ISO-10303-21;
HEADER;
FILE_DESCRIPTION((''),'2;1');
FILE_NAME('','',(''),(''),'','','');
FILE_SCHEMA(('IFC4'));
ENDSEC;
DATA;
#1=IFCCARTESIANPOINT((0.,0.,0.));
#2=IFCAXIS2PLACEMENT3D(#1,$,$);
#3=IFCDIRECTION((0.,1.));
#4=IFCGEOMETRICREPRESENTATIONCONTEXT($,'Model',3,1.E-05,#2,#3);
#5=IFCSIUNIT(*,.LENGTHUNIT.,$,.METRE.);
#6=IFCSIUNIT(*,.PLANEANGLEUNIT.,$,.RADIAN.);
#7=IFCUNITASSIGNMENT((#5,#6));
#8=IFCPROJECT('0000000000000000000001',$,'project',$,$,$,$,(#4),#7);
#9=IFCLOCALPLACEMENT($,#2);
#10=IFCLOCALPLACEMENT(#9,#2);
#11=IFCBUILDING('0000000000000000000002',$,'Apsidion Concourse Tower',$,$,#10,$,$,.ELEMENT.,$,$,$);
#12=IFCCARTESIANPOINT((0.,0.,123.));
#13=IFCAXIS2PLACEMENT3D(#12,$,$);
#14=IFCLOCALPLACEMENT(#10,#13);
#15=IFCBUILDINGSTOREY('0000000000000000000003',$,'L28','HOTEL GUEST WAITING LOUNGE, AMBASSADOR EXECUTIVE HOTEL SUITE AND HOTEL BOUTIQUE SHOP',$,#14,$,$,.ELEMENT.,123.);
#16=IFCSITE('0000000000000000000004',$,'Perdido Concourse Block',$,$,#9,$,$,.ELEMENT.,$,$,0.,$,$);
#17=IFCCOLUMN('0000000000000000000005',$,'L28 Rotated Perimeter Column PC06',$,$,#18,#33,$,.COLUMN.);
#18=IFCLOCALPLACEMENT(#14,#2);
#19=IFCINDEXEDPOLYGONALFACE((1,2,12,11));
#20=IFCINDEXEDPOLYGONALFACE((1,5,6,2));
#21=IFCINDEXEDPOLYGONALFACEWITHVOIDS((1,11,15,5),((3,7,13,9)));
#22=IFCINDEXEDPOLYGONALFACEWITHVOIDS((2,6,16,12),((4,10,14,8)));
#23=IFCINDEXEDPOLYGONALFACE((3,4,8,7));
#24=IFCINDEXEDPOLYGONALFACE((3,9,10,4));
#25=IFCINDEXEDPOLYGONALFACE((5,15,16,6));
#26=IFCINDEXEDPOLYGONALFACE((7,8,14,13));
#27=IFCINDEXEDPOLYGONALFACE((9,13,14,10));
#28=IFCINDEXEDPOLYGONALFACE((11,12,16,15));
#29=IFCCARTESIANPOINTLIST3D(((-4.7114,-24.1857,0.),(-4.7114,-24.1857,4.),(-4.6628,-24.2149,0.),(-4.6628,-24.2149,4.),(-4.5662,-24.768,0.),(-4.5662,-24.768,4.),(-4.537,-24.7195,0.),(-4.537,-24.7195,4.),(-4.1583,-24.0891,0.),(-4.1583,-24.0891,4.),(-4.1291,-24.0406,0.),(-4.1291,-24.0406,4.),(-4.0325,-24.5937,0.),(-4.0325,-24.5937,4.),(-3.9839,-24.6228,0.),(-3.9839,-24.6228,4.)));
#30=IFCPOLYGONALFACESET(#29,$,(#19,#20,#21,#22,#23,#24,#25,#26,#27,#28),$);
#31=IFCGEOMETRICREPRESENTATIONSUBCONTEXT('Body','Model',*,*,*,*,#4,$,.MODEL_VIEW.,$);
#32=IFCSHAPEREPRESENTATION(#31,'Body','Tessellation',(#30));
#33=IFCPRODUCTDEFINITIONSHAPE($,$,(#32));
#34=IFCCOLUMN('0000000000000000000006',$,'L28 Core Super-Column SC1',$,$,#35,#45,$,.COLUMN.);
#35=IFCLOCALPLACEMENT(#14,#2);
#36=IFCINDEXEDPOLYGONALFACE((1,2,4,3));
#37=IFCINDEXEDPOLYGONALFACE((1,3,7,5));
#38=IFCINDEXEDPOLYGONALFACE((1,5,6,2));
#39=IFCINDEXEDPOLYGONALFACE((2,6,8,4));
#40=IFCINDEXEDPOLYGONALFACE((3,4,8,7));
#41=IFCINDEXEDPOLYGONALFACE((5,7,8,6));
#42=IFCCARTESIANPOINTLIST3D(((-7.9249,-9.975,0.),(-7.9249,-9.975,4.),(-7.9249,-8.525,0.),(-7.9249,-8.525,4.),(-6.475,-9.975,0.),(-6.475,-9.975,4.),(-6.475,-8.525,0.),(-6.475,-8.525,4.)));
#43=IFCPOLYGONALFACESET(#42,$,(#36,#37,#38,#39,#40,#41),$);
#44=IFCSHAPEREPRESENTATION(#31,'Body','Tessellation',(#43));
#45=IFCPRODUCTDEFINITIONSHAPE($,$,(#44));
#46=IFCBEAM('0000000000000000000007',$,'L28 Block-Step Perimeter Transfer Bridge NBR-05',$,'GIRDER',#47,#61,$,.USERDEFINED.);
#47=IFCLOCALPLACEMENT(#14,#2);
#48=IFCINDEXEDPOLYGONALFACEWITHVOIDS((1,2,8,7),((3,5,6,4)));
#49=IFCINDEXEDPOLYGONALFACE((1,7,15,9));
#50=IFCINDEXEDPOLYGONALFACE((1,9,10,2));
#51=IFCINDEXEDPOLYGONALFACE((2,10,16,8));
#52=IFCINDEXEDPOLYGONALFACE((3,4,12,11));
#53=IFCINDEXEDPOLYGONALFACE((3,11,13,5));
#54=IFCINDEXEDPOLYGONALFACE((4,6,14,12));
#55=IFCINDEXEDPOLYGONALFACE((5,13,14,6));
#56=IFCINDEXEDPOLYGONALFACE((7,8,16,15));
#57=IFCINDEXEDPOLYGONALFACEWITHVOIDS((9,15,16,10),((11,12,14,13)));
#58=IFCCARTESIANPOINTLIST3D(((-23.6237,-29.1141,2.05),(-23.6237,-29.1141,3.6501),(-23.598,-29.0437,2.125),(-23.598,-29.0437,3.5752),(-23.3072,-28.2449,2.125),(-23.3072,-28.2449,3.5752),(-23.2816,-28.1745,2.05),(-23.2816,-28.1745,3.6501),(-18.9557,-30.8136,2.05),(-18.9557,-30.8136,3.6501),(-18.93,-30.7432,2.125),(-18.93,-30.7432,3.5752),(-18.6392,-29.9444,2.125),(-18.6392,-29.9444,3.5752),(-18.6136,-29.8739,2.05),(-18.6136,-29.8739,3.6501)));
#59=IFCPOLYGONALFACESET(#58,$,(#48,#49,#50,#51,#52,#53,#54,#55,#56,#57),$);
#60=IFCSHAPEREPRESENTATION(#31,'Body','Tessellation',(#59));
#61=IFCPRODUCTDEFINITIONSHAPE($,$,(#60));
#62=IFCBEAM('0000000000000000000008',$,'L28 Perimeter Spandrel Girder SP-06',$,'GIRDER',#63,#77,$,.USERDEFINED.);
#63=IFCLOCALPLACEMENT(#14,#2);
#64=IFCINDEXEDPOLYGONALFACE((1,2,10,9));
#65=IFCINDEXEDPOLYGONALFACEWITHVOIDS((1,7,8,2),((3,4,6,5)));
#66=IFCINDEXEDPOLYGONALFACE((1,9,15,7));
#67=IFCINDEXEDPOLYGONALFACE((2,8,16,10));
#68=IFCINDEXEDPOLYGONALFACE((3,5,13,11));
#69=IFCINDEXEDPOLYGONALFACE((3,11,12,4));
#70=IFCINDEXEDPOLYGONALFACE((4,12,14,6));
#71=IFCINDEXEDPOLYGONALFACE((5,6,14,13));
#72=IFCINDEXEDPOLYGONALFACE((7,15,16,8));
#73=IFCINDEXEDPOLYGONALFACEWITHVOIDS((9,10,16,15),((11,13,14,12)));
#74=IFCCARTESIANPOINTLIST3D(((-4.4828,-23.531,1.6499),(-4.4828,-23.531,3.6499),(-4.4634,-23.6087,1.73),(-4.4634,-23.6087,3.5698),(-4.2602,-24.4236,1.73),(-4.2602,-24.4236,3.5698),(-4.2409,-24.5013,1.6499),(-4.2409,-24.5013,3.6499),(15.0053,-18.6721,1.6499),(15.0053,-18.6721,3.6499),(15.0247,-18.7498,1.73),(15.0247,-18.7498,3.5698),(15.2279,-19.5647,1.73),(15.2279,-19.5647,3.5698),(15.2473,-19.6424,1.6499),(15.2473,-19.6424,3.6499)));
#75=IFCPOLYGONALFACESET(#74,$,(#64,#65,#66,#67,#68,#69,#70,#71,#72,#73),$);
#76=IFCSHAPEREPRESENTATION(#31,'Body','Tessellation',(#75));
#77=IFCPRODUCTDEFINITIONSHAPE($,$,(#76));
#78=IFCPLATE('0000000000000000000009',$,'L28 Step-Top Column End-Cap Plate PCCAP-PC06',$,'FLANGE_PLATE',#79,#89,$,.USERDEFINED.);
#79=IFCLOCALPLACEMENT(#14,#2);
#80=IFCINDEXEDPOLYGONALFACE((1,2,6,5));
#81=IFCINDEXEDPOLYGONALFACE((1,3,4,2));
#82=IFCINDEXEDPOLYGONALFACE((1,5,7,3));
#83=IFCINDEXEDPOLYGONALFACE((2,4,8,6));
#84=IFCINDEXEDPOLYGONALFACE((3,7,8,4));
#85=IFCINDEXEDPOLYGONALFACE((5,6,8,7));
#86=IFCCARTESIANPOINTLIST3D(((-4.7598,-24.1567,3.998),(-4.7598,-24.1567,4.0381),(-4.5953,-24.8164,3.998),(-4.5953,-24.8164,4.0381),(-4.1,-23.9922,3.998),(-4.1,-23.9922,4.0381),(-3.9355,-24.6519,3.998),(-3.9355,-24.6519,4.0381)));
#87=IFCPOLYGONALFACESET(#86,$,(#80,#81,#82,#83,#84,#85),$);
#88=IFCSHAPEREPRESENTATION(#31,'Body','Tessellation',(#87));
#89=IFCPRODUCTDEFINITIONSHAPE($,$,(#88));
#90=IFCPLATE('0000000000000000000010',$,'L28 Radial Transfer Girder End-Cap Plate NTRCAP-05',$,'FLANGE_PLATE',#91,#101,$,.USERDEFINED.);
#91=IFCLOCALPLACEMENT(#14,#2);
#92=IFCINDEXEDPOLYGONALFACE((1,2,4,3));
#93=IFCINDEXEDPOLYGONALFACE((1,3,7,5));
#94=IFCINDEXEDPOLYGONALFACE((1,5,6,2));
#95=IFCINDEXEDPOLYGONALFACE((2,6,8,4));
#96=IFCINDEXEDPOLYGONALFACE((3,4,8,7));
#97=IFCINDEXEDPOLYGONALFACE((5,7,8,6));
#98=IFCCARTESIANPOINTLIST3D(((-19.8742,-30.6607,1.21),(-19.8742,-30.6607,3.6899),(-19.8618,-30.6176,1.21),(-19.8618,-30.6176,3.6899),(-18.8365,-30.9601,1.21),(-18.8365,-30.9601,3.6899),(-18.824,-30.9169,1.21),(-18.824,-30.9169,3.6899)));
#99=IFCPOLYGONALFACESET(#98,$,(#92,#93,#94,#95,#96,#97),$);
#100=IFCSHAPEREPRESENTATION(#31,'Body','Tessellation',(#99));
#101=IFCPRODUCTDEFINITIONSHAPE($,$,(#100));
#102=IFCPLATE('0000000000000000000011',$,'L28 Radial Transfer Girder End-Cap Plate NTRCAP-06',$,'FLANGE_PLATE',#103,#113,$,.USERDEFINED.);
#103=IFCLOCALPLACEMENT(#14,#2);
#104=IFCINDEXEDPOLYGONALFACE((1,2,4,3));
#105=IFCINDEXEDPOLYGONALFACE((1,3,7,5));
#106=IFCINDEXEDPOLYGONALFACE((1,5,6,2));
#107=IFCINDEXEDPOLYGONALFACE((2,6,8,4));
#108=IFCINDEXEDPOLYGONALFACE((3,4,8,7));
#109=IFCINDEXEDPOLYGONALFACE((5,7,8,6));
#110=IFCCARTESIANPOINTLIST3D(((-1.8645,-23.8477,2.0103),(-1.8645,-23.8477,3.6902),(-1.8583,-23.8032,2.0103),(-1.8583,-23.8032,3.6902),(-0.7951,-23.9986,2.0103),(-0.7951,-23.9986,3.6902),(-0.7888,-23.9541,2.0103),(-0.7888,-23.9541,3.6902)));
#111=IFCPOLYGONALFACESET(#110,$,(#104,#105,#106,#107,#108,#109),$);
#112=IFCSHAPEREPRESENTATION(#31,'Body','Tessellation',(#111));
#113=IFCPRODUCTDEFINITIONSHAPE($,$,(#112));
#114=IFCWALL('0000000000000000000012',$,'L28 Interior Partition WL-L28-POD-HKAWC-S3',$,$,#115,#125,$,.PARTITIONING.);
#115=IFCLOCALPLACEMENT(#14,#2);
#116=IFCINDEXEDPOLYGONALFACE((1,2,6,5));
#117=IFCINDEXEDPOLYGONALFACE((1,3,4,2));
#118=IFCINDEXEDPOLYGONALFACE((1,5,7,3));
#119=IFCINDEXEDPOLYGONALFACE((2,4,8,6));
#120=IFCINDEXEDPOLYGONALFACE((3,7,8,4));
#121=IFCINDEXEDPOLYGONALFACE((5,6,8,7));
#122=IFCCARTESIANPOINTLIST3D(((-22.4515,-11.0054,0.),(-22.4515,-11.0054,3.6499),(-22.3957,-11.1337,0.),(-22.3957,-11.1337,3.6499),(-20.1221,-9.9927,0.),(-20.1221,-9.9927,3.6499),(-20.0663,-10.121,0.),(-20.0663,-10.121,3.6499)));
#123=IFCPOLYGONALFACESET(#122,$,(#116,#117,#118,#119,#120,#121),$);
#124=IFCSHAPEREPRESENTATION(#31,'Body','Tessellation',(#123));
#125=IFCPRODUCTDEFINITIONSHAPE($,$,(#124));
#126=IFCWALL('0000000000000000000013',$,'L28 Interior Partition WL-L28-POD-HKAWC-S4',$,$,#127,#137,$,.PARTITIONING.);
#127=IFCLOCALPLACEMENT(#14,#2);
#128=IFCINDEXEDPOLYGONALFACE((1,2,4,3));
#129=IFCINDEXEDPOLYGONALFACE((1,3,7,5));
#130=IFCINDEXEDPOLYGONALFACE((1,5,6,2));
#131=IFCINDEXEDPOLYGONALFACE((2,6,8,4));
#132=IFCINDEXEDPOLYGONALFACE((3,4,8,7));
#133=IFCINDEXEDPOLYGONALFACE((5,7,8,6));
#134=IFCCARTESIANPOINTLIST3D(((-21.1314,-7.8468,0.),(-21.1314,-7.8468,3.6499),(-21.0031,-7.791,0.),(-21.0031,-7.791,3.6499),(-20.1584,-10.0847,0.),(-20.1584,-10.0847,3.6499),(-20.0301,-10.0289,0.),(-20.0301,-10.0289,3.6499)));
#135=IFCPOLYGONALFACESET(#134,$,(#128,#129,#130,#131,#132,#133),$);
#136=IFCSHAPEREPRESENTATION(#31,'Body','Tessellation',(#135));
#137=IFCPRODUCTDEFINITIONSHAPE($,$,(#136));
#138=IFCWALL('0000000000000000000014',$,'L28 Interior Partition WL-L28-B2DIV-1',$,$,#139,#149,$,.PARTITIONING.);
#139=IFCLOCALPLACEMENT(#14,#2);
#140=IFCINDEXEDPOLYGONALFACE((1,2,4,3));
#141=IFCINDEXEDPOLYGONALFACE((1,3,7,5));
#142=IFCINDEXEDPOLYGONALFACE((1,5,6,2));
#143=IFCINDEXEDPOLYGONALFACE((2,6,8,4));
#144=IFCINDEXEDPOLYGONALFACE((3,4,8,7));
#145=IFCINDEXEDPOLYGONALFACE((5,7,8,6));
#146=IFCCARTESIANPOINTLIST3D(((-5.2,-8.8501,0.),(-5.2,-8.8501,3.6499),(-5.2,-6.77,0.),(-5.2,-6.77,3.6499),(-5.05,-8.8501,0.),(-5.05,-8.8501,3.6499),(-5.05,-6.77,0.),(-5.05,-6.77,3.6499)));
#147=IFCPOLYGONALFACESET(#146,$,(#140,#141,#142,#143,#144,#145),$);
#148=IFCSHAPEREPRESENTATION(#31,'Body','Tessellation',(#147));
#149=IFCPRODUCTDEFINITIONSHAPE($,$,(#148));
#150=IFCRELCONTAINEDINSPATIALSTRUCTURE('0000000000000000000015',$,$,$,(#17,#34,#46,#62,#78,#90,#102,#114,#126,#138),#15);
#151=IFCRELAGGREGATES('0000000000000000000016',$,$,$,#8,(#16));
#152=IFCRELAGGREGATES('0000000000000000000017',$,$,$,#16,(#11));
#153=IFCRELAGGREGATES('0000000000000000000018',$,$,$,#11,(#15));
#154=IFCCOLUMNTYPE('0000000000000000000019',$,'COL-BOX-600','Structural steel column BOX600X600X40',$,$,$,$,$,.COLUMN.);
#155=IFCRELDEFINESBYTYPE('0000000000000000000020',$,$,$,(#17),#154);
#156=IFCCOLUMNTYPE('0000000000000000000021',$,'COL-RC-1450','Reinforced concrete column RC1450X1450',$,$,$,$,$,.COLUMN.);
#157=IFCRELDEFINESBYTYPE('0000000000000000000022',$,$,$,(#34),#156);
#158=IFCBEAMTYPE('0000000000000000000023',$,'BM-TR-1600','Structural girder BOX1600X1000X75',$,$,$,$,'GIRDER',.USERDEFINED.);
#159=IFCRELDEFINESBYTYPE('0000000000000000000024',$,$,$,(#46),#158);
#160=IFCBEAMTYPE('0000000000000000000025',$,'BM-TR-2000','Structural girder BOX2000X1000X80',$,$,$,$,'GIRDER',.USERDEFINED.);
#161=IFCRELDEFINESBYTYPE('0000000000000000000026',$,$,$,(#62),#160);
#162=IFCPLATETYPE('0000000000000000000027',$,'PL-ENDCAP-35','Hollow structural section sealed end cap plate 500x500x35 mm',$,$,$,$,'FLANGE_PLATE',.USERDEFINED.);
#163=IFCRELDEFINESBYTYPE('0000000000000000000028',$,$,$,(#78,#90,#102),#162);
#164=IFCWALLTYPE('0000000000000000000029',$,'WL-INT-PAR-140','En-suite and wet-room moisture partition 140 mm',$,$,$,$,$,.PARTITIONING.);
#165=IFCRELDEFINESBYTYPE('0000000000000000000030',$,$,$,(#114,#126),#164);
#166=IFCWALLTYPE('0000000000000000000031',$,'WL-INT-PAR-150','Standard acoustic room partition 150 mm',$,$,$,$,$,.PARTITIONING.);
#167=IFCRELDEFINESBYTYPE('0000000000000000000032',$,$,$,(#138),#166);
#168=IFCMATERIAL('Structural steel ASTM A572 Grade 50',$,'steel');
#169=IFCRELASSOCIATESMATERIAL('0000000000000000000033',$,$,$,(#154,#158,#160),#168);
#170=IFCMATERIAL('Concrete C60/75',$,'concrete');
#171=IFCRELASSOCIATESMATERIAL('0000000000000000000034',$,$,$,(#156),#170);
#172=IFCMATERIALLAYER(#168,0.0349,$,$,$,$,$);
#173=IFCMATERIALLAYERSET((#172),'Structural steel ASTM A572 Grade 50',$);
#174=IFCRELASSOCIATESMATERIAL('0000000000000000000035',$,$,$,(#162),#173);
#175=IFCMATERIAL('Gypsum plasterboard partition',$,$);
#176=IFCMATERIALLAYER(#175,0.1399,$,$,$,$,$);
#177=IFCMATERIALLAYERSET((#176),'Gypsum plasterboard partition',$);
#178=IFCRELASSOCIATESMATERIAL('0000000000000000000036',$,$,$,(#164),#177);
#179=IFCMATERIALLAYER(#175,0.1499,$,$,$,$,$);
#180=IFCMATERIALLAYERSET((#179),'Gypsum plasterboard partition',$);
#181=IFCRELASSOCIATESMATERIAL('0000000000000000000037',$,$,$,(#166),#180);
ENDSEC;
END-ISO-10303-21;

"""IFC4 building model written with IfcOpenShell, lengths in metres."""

from ifc_helpers import new_model, si_unit, direction, frame, frame_2d, origin, origin_2d, place, context, subcontext, project, spatial, rectangle, hollow_rectangle, extrude, material, layer, layer_set, material_profile, profile_set, type_object, element, save


model = new_model("IFC4")

# Units and contexts
model_context = context("Model", 3, precision=1e-05, world=origin(), true_north=direction((0.0, 1.0)))
body_context = subcontext(model_context, "Body", "Model", "MODEL_VIEW")
ifc_project = project(units=[si_unit("LENGTHUNIT", "METRE"), si_unit("PLANEANGLEUNIT", "RADIAN")], contexts=[model_context])

# Site, building, storey
site_placement = place(None, origin())
site = spatial("IfcSite", under=ifc_project, at=site_placement, Name="Perdido Concourse Block", CompositionType="ELEMENT", RefElevation=0.0)
building_placement = place(site_placement, origin())
building = spatial("IfcBuilding", under=site, at=building_placement, Name="Apsidion Concourse Tower", CompositionType="ELEMENT")
storey_placement = place(building_placement, frame((0.0, 0.0, 123.0)))
storey = spatial("IfcBuildingStorey", under=building, at=storey_placement, Name="L28", Description="HOTEL GUEST WAITING LOUNGE, AMBASSADOR EXECUTIVE HOTEL SUITE AND HOTEL BOUTIQUE SHOP", CompositionType="ELEMENT", Elevation=123.0)

# Columns
ifc_material_1 = material(Name="Structural steel ASTM A572 Grade 50", Category="steel")
ifc_material_profile_1 = material_profile(ifc_material_1, hollow_rectangle(XDim=0.6001, YDim=0.6001, WallThickness=0.04, at=origin_2d()), Name="BOX600X600X40")
ifc_profile_set_1 = profile_set([ifc_material_profile_1], Name="Structural steel ASTM A572 Grade 50")
column_type_1 = type_object("IfcColumnType", Name="COL-BOX-600", Description="Structural steel column BOX600X600X40", PredefinedType="COLUMN", material=ifc_profile_set_1)
column_1_placement = place(storey_placement, frame((-4.3477, -24.4043, 0.0), z_axis=(0.0, 0.0, 1.0), x_axis=(0.970296, 0.241922, 0.0)))
element("IfcColumn", 1, at=column_1_placement, inside=storey, type_object=column_type_1, Name="L28 Rotated Perimeter Column PC06", PredefinedType="COLUMN", context=body_context, shape_type="SweptSolid", body=[
    extrude(hollow_rectangle(XDim=0.6001, YDim=0.6001, WallThickness=0.04, at=origin_2d()), origin(), (0.0, 0.0, 1.0), 4.0),
])
ifc_material_2 = material(Name="Concrete C60/75", Category="concrete")
ifc_material_profile_2 = material_profile(ifc_material_2, rectangle(XDim=1.45, YDim=1.45, at=origin_2d()), Name="RC 1450x1450")
ifc_profile_set_2 = profile_set([ifc_material_profile_2], Name="Concrete C60/75")
column_type_2 = type_object("IfcColumnType", Name="COL-RC-1450", Description="Reinforced concrete column RC1450X1450", PredefinedType="COLUMN", material=ifc_profile_set_2)
column_2_placement = place(storey_placement, frame((-7.2, -9.25, 0.0), z_axis=(0.0, 0.0, 1.0), x_axis=(1.0, 0.0, 0.0)))
element("IfcColumn", 2, at=column_2_placement, inside=storey, type_object=column_type_2, Name="L28 Core Super-Column SC1", PredefinedType="COLUMN", context=body_context, shape_type="SweptSolid", body=[
    extrude(rectangle(XDim=1.45, YDim=1.45, at=origin_2d()), origin(), (0.0, 0.0, 1.0), 4.0),
])

# Beams
ifc_material_profile_3 = material_profile(ifc_material_1, hollow_rectangle(XDim=1.0, YDim=1.6001, WallThickness=0.075, at=origin_2d()), Name="BOX1600X1000X75")
ifc_profile_set_3 = profile_set([ifc_material_profile_3], Name="Structural steel ASTM A572 Grade 50")
beam_type_1 = type_object("IfcBeamType", Name="BM-TR-1600", Description="Structural girder BOX1600X1000X75", ElementType="GIRDER", PredefinedType="USERDEFINED", material=ifc_profile_set_3)
beam_1_placement = place(storey_placement, frame((-23.4526, -28.6443, 2.8501), z_axis=(0.939663, -0.342102, 0.0), x_axis=(0.342102, 0.939663, 0.0)))
element("IfcBeam", 3, at=beam_1_placement, inside=storey, type_object=beam_type_1, Name="L28 Block-Step Perimeter Transfer Bridge NBR-05", ObjectType="GIRDER", PredefinedType="USERDEFINED", context=body_context, shape_type="SweptSolid", body=[
    extrude(hollow_rectangle(XDim=1.0, YDim=1.6001, WallThickness=0.075, at=origin_2d()), origin(), (0.0, 0.0, 1.0), 4.9678),
])
ifc_material_profile_4 = material_profile(ifc_material_1, hollow_rectangle(XDim=1.0, YDim=2.0, WallThickness=0.0801, at=origin_2d()), Name="BOX2000X1000X80")
ifc_profile_set_4 = profile_set([ifc_material_profile_4], Name="Structural steel ASTM A572 Grade 50")
beam_type_2 = type_object("IfcBeamType", Name="BM-TR-2000", Description="Structural girder BOX2000X1000X80", ElementType="GIRDER", PredefinedType="USERDEFINED", material=ifc_profile_set_4)
beam_2_placement = place(storey_placement, frame((-4.3618, -24.0161, 2.6499), z_axis=(0.970296, 0.241921, 0.0), x_axis=(-0.241921, 0.970296, 0.0)))
element("IfcBeam", 4, at=beam_2_placement, inside=storey, type_object=beam_type_2, Name="L28 Perimeter Spandrel Girder SP-06", ObjectType="GIRDER", PredefinedType="USERDEFINED", context=body_context, shape_type="SweptSolid", body=[
    extrude(hollow_rectangle(XDim=1.0, YDim=2.0, WallThickness=0.0801, at=origin_2d()), origin(), (0.0, 0.0, 1.0), 20.0847),
])

# Plates
ifc_layer_1 = layer(ifc_material_1, 0.0349)
ifc_layer_set_1 = layer_set([ifc_layer_1], Name="Structural steel ASTM A572 Grade 50")
plate_type = type_object("IfcPlateType", Name="PL-ENDCAP-35", Description="Hollow structural section sealed end cap plate 500x500x35 mm", ElementType="FLANGE_PLATE", PredefinedType="USERDEFINED", material=ifc_layer_set_1)
plate_1_placement = place(storey_placement, frame((-4.3477, -24.4043, 3.998), z_axis=(0.0, 0.0, 1.0), x_axis=(0.970296, 0.241922, 0.0)))
element("IfcPlate", 5, at=plate_1_placement, inside=storey, type_object=plate_type, Name="L28 Step-Top Column End-Cap Plate PCCAP-PC06", ObjectType="FLANGE_PLATE", PredefinedType="USERDEFINED", context=body_context, shape_type="SweptSolid", body=[
    extrude(rectangle(XDim=0.6799, YDim=0.6799, at=origin_2d()), origin(), (0.0, 0.0, 1.0), 0.04),
])
plate_2_placement = place(storey_placement, frame((-19.3491, -30.7888, 1.21), z_axis=(0.0, 0.0, 1.0), x_axis=(-0.277147, -0.960828, 0.0)))
element("IfcPlate", 6, at=plate_2_placement, inside=storey, type_object=plate_type, Name="L28 Radial Transfer Girder End-Cap Plate NTRCAP-05", ObjectType="FLANGE_PLATE", PredefinedType="USERDEFINED", context=body_context, shape_type="SweptSolid", body=[
    extrude(rectangle(XDim=0.0449, YDim=1.0801, at=origin_2d()), origin(), (0.0, 0.0, 1.0), 2.48),
])
plate_3_placement = place(storey_placement, frame((-1.3267, -23.9009, 2.0103), z_axis=(0.0, 0.0, 1.0), x_axis=(-0.139692, -0.990195, 0.0)))
element("IfcPlate", 7, at=plate_3_placement, inside=storey, type_object=plate_type, Name="L28 Radial Transfer Girder End-Cap Plate NTRCAP-06", ObjectType="FLANGE_PLATE", PredefinedType="USERDEFINED", context=body_context, shape_type="SweptSolid", body=[
    extrude(rectangle(XDim=0.0449, YDim=1.0801, at=origin_2d()), origin(), (0.0, 0.0, 1.0), 1.6799),
])

# Walls
ifc_material_3 = material(Name="Gypsum plasterboard partition")
ifc_layer_2 = layer(ifc_material_3, 0.1399)
ifc_layer_set_2 = layer_set([ifc_layer_2], Name="Gypsum plasterboard partition")
wall_type_1 = type_object("IfcWallType", Name="WL-INT-PAR-140", Description="En-suite and wet-room moisture partition 140 mm", PredefinedType="PARTITIONING", material=ifc_layer_set_2)
wall_1_placement = place(storey_placement, frame((-22.4236, -11.0696, 0.0), z_axis=(0.0, 0.0, 1.0), x_axis=(0.917079, 0.398705, 0.0)))
element("IfcWall", 8, at=wall_1_placement, inside=storey, type_object=wall_type_1, Name="L28 Interior Partition WL-L28-POD-HKAWC-S3", PredefinedType="PARTITIONING", context=body_context, shape_type="SweptSolid", body=[
    extrude(rectangle(XDim=2.54, YDim=0.1399, at=frame_2d((1.27, 0.0))), origin(), (0.0, 0.0, 1.0), 3.6499),
])
wall_2_placement = place(storey_placement, frame((-20.0942, -10.0569, 0.0), z_axis=(0.0, 0.0, 1.0), x_axis=(-0.398708, 0.917078, 0.0)))
element("IfcWall", 9, at=wall_2_placement, inside=storey, type_object=wall_type_1, Name="L28 Interior Partition WL-L28-POD-HKAWC-S4", PredefinedType="PARTITIONING", context=body_context, shape_type="SweptSolid", body=[
    extrude(rectangle(XDim=2.4402, YDim=0.1399, at=frame_2d((1.2202, 0.0))), origin(), (0.0, 0.0, 1.0), 3.6499),
])
ifc_layer_3 = layer(ifc_material_3, 0.1499)
ifc_layer_set_3 = layer_set([ifc_layer_3], Name="Gypsum plasterboard partition")
wall_type_2 = type_object("IfcWallType", Name="WL-INT-PAR-150", Description="Standard acoustic room partition 150 mm", PredefinedType="PARTITIONING", material=ifc_layer_set_3)
wall_3_placement = place(storey_placement, frame((-5.125, -8.8501, 0.0), z_axis=(0.0, 0.0, 1.0), x_axis=(0.0, 1.0, 0.0)))
element("IfcWall", 10, at=wall_3_placement, inside=storey, type_object=wall_type_2, Name="L28 Interior Partition WL-L28-B2DIV-1", PredefinedType="PARTITIONING", context=body_context, shape_type="SweptSolid", body=[
    extrude(rectangle(XDim=2.0801, YDim=0.1499, at=frame_2d((1.04, 0.0))), origin(), (0.0, 0.0, 1.0), 3.6499),
])

save(model, "model.ifc")
